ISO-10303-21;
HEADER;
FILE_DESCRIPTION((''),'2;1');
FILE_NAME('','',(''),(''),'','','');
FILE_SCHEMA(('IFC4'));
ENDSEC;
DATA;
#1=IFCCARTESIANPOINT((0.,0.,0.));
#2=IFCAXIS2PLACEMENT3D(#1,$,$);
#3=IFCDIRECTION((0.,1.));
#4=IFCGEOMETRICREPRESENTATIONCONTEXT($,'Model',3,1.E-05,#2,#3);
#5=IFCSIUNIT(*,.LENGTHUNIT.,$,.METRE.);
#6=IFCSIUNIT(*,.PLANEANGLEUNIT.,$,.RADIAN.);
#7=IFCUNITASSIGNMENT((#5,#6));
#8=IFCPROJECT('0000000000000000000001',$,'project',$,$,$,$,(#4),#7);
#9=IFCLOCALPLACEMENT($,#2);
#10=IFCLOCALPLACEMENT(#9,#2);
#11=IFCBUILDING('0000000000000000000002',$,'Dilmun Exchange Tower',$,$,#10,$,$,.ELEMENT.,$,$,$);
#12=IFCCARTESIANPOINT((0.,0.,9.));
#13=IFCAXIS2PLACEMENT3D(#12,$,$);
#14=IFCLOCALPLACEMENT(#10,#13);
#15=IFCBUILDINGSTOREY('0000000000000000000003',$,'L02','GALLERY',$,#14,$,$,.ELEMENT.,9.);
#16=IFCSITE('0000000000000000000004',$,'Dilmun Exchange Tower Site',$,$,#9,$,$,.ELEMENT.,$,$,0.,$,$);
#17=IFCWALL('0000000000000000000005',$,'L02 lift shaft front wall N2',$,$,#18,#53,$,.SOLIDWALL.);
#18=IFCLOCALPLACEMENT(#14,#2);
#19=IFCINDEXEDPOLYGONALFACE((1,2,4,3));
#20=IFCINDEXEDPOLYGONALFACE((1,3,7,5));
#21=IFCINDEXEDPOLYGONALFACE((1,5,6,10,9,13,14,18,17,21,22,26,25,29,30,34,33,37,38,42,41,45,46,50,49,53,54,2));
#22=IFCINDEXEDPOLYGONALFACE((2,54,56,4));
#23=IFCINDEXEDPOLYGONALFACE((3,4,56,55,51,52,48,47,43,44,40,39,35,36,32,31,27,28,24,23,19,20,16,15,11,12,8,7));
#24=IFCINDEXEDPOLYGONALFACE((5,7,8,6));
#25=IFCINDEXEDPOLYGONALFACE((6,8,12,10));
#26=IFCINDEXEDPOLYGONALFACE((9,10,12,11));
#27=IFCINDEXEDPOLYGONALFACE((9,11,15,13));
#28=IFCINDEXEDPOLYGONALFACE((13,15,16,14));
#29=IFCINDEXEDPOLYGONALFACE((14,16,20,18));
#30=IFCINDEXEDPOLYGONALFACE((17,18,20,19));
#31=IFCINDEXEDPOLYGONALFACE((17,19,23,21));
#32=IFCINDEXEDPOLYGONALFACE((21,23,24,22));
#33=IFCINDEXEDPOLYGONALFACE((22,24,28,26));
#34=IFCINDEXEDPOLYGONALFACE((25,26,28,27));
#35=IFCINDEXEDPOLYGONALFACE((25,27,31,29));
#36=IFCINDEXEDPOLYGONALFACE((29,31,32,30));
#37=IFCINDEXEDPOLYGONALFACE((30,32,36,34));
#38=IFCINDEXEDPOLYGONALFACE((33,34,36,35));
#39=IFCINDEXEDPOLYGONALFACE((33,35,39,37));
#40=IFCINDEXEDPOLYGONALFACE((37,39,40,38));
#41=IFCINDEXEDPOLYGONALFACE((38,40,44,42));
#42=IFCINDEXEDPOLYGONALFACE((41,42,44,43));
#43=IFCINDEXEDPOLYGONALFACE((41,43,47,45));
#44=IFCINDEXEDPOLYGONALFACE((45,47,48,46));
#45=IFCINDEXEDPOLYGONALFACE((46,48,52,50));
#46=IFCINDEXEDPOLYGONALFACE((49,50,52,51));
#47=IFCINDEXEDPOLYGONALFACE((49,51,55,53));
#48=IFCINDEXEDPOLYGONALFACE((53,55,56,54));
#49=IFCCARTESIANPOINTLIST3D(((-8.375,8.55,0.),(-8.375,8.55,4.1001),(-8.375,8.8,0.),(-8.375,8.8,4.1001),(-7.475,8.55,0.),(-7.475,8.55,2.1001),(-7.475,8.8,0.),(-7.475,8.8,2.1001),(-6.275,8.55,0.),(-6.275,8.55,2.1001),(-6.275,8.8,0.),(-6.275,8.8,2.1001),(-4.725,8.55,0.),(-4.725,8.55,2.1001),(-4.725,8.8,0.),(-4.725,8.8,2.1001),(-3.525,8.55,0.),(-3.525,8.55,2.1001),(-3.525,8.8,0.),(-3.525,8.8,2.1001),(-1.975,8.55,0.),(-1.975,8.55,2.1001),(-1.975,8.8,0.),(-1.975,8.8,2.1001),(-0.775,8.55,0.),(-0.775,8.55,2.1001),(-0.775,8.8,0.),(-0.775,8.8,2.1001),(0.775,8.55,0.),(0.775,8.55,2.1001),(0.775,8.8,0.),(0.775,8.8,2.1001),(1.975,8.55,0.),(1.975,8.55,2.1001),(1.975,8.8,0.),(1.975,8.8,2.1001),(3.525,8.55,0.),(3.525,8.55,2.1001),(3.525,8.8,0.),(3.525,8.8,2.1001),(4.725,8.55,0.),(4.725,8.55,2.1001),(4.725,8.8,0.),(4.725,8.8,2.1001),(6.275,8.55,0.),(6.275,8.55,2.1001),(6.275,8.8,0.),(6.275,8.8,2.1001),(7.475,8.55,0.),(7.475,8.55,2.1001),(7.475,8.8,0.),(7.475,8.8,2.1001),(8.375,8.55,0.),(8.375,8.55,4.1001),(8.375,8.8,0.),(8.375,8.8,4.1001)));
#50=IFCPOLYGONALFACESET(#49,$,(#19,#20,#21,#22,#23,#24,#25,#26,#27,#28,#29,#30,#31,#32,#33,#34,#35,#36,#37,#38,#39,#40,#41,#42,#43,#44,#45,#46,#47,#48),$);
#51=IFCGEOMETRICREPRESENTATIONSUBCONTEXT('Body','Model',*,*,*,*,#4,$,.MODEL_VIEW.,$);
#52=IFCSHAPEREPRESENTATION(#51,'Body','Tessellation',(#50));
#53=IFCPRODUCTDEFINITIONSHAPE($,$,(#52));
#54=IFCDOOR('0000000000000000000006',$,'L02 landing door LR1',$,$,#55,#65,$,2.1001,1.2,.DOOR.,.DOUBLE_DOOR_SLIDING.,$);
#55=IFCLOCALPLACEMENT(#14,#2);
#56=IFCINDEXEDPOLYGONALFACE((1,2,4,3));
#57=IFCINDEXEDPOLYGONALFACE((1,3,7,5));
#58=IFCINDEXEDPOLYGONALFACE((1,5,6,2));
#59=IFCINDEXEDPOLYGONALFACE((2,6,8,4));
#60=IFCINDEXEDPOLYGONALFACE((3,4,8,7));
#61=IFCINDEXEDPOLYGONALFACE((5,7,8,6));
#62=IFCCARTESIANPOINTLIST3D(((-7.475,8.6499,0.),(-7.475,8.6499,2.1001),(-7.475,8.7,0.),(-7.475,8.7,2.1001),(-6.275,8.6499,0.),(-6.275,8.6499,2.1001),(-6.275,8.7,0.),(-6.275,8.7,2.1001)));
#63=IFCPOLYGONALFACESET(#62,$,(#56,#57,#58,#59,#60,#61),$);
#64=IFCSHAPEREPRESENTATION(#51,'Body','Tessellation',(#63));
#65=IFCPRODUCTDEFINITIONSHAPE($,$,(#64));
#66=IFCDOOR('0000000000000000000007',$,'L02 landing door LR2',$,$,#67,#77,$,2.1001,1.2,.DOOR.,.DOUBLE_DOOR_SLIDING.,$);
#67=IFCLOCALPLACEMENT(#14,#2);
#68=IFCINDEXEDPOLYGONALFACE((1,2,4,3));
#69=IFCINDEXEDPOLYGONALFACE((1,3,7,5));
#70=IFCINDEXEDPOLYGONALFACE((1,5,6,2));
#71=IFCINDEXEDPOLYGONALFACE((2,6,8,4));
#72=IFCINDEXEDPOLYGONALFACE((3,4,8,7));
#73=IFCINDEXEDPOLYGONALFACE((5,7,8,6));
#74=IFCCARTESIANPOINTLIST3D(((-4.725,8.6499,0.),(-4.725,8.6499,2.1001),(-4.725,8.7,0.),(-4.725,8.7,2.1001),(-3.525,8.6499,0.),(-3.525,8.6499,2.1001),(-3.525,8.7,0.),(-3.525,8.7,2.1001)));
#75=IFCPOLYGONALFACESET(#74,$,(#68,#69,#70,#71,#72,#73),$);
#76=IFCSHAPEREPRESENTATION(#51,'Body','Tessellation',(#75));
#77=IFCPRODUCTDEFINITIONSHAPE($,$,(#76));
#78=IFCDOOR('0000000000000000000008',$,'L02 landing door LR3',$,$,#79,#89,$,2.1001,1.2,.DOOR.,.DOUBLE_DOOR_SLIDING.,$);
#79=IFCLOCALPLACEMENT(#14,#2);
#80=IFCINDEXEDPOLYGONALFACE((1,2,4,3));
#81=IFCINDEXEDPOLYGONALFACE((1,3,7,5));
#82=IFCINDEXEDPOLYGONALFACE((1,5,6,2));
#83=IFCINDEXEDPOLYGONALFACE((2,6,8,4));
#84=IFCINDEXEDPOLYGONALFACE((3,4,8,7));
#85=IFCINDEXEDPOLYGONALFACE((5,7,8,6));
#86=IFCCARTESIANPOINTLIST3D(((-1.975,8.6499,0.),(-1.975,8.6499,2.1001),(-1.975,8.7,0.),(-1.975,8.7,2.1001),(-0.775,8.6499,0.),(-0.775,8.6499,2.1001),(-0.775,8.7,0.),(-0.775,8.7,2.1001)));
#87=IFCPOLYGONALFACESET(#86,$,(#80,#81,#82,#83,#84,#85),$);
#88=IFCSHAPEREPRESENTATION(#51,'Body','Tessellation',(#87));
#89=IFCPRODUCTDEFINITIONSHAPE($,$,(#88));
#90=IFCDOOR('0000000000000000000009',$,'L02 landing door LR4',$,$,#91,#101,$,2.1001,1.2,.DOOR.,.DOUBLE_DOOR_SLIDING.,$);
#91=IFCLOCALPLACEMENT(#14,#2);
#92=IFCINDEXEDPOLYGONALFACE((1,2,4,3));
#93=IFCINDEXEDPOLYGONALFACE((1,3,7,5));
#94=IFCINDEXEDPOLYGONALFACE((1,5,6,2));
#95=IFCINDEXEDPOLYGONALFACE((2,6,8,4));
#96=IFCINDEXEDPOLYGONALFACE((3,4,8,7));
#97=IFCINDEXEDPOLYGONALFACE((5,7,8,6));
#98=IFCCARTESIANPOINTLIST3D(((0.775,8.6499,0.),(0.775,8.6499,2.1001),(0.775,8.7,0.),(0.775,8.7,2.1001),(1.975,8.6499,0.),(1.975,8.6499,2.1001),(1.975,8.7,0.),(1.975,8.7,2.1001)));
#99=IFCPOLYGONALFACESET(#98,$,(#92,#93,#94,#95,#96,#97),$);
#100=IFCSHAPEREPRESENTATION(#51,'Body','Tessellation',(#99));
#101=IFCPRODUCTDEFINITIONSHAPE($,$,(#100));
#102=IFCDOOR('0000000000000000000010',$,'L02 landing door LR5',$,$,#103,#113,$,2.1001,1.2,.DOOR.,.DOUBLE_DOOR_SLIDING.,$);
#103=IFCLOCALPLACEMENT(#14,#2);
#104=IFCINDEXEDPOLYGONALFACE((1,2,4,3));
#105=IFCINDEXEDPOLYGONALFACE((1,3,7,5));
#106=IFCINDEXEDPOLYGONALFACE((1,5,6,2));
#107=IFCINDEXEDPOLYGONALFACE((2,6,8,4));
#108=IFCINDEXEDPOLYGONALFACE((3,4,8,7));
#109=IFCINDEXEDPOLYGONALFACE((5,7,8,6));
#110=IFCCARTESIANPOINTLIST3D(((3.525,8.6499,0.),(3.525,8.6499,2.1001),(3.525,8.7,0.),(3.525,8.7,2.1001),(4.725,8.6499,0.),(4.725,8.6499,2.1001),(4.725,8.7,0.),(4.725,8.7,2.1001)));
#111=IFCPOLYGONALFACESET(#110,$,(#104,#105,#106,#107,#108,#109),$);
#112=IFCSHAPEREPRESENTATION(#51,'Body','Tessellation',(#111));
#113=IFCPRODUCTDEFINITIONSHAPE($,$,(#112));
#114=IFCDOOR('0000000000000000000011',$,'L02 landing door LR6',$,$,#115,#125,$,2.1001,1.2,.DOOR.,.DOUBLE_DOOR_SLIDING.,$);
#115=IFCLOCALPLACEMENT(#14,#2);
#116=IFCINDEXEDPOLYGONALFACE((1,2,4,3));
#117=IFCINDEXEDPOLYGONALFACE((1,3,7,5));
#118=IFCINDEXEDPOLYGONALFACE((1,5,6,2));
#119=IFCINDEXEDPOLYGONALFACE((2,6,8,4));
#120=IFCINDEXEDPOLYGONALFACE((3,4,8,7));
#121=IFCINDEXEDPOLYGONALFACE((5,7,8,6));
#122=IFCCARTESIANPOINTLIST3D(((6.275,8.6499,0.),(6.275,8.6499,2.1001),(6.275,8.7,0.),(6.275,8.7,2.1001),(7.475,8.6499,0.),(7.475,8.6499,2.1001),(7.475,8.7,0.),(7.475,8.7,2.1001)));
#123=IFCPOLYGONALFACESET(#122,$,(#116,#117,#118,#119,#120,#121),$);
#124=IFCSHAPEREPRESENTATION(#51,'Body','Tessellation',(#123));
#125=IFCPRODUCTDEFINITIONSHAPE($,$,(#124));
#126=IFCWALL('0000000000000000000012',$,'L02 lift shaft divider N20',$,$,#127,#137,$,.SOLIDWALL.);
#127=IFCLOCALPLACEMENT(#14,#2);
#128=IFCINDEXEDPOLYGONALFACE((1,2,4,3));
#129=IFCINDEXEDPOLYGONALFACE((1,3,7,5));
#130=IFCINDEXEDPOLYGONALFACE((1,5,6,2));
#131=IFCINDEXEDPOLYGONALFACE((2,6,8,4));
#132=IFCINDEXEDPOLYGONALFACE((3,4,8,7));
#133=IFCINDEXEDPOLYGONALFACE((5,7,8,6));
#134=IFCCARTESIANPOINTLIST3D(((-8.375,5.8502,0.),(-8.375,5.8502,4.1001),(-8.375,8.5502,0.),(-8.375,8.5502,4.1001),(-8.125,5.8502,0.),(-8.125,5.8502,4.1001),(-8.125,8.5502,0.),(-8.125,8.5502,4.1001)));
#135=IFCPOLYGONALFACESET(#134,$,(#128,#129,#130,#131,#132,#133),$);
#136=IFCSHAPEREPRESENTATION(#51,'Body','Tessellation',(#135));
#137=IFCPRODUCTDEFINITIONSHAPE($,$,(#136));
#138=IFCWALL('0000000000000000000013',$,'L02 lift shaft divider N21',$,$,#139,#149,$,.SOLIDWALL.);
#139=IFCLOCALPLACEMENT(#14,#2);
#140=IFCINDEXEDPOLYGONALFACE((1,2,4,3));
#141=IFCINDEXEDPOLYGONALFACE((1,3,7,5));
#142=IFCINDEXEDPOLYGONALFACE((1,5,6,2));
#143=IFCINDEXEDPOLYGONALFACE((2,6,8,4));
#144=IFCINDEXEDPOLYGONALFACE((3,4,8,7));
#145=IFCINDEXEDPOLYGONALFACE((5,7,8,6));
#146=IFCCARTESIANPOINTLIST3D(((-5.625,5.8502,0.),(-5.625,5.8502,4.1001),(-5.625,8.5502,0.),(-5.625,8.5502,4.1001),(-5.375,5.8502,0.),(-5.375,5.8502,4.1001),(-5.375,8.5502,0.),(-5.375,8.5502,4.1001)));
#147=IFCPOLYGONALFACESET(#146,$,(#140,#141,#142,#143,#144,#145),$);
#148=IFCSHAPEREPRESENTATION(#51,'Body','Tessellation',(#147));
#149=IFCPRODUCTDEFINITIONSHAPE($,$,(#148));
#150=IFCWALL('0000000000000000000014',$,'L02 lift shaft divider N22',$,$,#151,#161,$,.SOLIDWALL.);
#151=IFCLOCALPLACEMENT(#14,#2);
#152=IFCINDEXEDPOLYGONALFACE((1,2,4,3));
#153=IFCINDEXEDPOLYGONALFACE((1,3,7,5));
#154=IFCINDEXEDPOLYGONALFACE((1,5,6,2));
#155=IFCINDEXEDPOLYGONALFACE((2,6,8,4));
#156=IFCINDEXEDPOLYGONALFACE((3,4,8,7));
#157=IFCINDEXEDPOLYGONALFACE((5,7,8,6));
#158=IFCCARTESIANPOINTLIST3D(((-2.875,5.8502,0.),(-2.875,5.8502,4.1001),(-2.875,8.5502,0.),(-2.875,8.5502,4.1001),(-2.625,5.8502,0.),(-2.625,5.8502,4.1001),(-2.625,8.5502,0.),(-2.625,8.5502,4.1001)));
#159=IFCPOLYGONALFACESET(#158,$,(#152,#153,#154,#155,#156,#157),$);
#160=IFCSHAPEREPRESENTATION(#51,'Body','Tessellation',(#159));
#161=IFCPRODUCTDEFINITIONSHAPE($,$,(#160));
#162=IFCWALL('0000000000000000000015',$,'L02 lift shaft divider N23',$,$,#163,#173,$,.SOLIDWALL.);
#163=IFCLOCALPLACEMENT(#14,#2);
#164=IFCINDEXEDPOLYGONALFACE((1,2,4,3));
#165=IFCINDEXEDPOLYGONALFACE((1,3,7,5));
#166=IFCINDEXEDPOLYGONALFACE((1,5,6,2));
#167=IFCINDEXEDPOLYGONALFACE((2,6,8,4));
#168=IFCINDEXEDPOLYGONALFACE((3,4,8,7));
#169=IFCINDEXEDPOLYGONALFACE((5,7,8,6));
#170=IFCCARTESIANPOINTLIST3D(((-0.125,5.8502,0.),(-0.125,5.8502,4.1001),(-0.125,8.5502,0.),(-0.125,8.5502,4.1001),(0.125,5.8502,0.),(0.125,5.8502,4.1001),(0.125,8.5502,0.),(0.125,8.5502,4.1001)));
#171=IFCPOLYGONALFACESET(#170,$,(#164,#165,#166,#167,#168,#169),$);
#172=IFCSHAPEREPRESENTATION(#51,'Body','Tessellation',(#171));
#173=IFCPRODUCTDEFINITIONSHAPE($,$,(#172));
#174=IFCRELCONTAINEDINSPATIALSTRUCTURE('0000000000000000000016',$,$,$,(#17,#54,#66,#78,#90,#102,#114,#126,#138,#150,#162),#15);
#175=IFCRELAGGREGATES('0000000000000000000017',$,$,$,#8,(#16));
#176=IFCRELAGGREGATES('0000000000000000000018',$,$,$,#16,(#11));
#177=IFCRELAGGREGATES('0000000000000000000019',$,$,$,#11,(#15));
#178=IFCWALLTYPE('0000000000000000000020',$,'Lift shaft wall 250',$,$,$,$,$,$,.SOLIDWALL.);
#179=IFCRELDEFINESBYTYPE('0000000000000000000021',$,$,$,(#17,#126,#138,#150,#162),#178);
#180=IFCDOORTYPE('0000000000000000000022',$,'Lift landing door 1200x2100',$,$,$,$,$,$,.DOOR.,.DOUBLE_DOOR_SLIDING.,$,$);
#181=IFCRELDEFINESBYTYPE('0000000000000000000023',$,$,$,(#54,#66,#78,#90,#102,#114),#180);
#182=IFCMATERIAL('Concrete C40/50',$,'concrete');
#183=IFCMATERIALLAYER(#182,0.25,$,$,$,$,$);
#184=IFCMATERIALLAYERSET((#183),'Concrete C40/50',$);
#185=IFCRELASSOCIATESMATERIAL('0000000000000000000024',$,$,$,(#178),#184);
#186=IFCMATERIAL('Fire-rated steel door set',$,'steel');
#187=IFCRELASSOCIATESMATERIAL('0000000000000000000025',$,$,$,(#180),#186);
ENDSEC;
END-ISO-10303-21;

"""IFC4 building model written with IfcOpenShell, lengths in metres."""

from ifc_helpers import new_model, si_unit, direction, frame, frame_2d, origin, place, context, subcontext, project, spatial, rectangle, extrude, material, layer, layer_set, type_object, element, fill, save


model = new_model("IFC4")

# Units and contexts
model_context = context("Model", 3, precision=1e-05, world=origin(), true_north=direction((0.0, 1.0)))
body_context = subcontext(model_context, "Body", "Model", "MODEL_VIEW")
ifc_project = project(units=[si_unit("LENGTHUNIT", "METRE"), si_unit("PLANEANGLEUNIT", "RADIAN")], contexts=[model_context])

# Site, building, storey
site_placement = place(None, origin())
site = spatial("IfcSite", under=ifc_project, at=site_placement, Name="Dilmun Exchange Tower Site", CompositionType="ELEMENT", RefElevation=0.0)
building_placement = place(site_placement, origin())
building = spatial("IfcBuilding", under=site, at=building_placement, Name="Dilmun Exchange Tower", CompositionType="ELEMENT")
storey_placement = place(building_placement, frame((0.0, 0.0, 9.0)))
storey = spatial("IfcBuildingStorey", under=building, at=storey_placement, Name="L02", Description="GALLERY", CompositionType="ELEMENT", Elevation=9.0)

# Shared definitions
ifc_material_1 = material(Name="Concrete C40/50", Category="concrete")
ifc_material_2 = material(Name="Fire-rated steel door set", Category="steel")

# Wall, openings, doors
ifc_layer_1 = layer(ifc_material_1, 0.25)
ifc_layer_set_1 = layer_set([ifc_layer_1], Name="Concrete C40/50")
wall_type_1 = type_object("IfcWallType", Name="Lift shaft wall 250", PredefinedType="SOLIDWALL", material=ifc_layer_set_1)
wall_1_placement = place(storey_placement, frame((-8.375, 8.675, 0.0), z_axis=(0.0, 0.0, 1.0), x_axis=(1.0, 0.0, 0.0)))
wall_1 = element("IfcWall", 1, at=wall_1_placement, inside=storey, type_object=wall_type_1, Name="L02 lift shaft front wall N2", PredefinedType="SOLIDWALL", context=body_context, shape_type="SweptSolid", body=[
    extrude(rectangle(XDim=16.75, YDim=0.25, at=frame_2d((8.375, 0.0))), origin(), (0.0, 0.0, 1.0), 4.1001),
])
opening_1_placement = place(wall_1_placement, frame((0.8999, 0.0, 0.0)))
opening_1 = element("IfcOpeningElement", 2, at=opening_1_placement, cuts=wall_1, PredefinedType="OPENING", context=body_context, shape_type="SweptSolid", body=[
    extrude(rectangle(XDim=1.2, YDim=2.1001, at=frame_2d((0.6001, 1.05))), frame((0.0, 0.135, 0.0), z_axis=(0.0, -1.0, 0.0), x_axis=(1.0, 0.0, 0.0)), (0.0, 0.0, 1.0), 0.27),
])
opening_2_placement = place(wall_1_placement, frame((3.6499, 0.0, 0.0)))
opening_2 = element("IfcOpeningElement", 3, at=opening_2_placement, cuts=wall_1, PredefinedType="OPENING", context=body_context, shape_type="SweptSolid", body=[
    extrude(rectangle(XDim=1.2, YDim=2.1001, at=frame_2d((0.6001, 1.05))), frame((0.0, 0.135, 0.0), z_axis=(0.0, -1.0, 0.0), x_axis=(1.0, 0.0, 0.0)), (0.0, 0.0, 1.0), 0.27),
])
opening_3_placement = place(wall_1_placement, frame((6.3999, 0.0, 0.0)))
opening_3 = element("IfcOpeningElement", 4, at=opening_3_placement, cuts=wall_1, PredefinedType="OPENING", context=body_context, shape_type="SweptSolid", body=[
    extrude(rectangle(XDim=1.2, YDim=2.1001, at=frame_2d((0.6001, 1.05))), frame((0.0, 0.135, 0.0), z_axis=(0.0, -1.0, 0.0), x_axis=(1.0, 0.0, 0.0)), (0.0, 0.0, 1.0), 0.27),
])
opening_4_placement = place(wall_1_placement, frame((9.1499, 0.0, 0.0)))
opening_4 = element("IfcOpeningElement", 5, at=opening_4_placement, cuts=wall_1, PredefinedType="OPENING", context=body_context, shape_type="SweptSolid", body=[
    extrude(rectangle(XDim=1.2, YDim=2.1001, at=frame_2d((0.6001, 1.05))), frame((0.0, 0.135, 0.0), z_axis=(0.0, -1.0, 0.0), x_axis=(1.0, 0.0, 0.0)), (0.0, 0.0, 1.0), 0.27),
])
opening_5_placement = place(wall_1_placement, frame((11.8999, 0.0, 0.0)))
opening_5 = element("IfcOpeningElement", 6, at=opening_5_placement, cuts=wall_1, PredefinedType="OPENING", context=body_context, shape_type="SweptSolid", body=[
    extrude(rectangle(XDim=1.2, YDim=2.1001, at=frame_2d((0.6001, 1.05))), frame((0.0, 0.135, 0.0), z_axis=(0.0, -1.0, 0.0), x_axis=(1.0, 0.0, 0.0)), (0.0, 0.0, 1.0), 0.27),
])
opening_6_placement = place(wall_1_placement, frame((14.6499, 0.0, 0.0)))
opening_6 = element("IfcOpeningElement", 7, at=opening_6_placement, cuts=wall_1, PredefinedType="OPENING", context=body_context, shape_type="SweptSolid", body=[
    extrude(rectangle(XDim=1.2, YDim=2.1001, at=frame_2d((0.6001, 1.05))), frame((0.0, 0.135, 0.0), z_axis=(0.0, -1.0, 0.0), x_axis=(1.0, 0.0, 0.0)), (0.0, 0.0, 1.0), 0.27),
])
door_type_1 = type_object("IfcDoorType", Name="Lift landing door 1200x2100", OperationType="DOUBLE_DOOR_SLIDING", PredefinedType="DOOR", material=ifc_material_2)
door_1_placement = place(opening_1_placement, origin())
door_1 = element("IfcDoor", 8, at=door_1_placement, inside=storey, type_object=door_type_1, Name="L02 landing door LR1", OperationType="DOUBLE_DOOR_SLIDING", OverallHeight=2.1001, OverallWidth=1.2, PredefinedType="DOOR", context=body_context, shape_type="SweptSolid", body=[
    extrude(rectangle(XDim=1.2, YDim=2.1001, at=frame_2d((0.6001, 1.05))), frame((0.0, 0.0249, 0.0), z_axis=(0.0, -1.0, 0.0), x_axis=(1.0, 0.0, 0.0)), (0.0, 0.0, 1.0), 0.05),
])
fill(opening_1, door_1)
door_2_placement = place(opening_2_placement, origin())
door_2 = element("IfcDoor", 9, at=door_2_placement, inside=storey, type_object=door_type_1, Name="L02 landing door LR2", OperationType="DOUBLE_DOOR_SLIDING", OverallHeight=2.1001, OverallWidth=1.2, PredefinedType="DOOR", context=body_context, shape_type="SweptSolid", body=[
    extrude(rectangle(XDim=1.2, YDim=2.1001, at=frame_2d((0.6001, 1.05))), frame((0.0, 0.0249, 0.0), z_axis=(0.0, -1.0, 0.0), x_axis=(1.0, 0.0, 0.0)), (0.0, 0.0, 1.0), 0.05),
])
fill(opening_2, door_2)
door_3_placement = place(opening_3_placement, origin())
door_3 = element("IfcDoor", 10, at=door_3_placement, inside=storey, type_object=door_type_1, Name="L02 landing door LR3", OperationType="DOUBLE_DOOR_SLIDING", OverallHeight=2.1001, OverallWidth=1.2, PredefinedType="DOOR", context=body_context, shape_type="SweptSolid", body=[
    extrude(rectangle(XDim=1.2, YDim=2.1001, at=frame_2d((0.6001, 1.05))), frame((0.0, 0.0249, 0.0), z_axis=(0.0, -1.0, 0.0), x_axis=(1.0, 0.0, 0.0)), (0.0, 0.0, 1.0), 0.05),
])
fill(opening_3, door_3)
door_4_placement = place(opening_4_placement, origin())
door_4 = element("IfcDoor", 11, at=door_4_placement, inside=storey, type_object=door_type_1, Name="L02 landing door LR4", OperationType="DOUBLE_DOOR_SLIDING", OverallHeight=2.1001, OverallWidth=1.2, PredefinedType="DOOR", context=body_context, shape_type="SweptSolid", body=[
    extrude(rectangle(XDim=1.2, YDim=2.1001, at=frame_2d((0.6001, 1.05))), frame((0.0, 0.0249, 0.0), z_axis=(0.0, -1.0, 0.0), x_axis=(1.0, 0.0, 0.0)), (0.0, 0.0, 1.0), 0.05),
])
fill(opening_4, door_4)
door_5_placement = place(opening_5_placement, origin())
door_5 = element("IfcDoor", 12, at=door_5_placement, inside=storey, type_object=door_type_1, Name="L02 landing door LR5", OperationType="DOUBLE_DOOR_SLIDING", OverallHeight=2.1001, OverallWidth=1.2, PredefinedType="DOOR", context=body_context, shape_type="SweptSolid", body=[
    extrude(rectangle(XDim=1.2, YDim=2.1001, at=frame_2d((0.6001, 1.05))), frame((0.0, 0.0249, 0.0), z_axis=(0.0, -1.0, 0.0), x_axis=(1.0, 0.0, 0.0)), (0.0, 0.0, 1.0), 0.05),
])
fill(opening_5, door_5)
door_6_placement = place(opening_6_placement, origin())
door_6 = element("IfcDoor", 13, at=door_6_placement, inside=storey, type_object=door_type_1, Name="L02 landing door LR6", OperationType="DOUBLE_DOOR_SLIDING", OverallHeight=2.1001, OverallWidth=1.2, PredefinedType="DOOR", context=body_context, shape_type="SweptSolid", body=[
    extrude(rectangle(XDim=1.2, YDim=2.1001, at=frame_2d((0.6001, 1.05))), frame((0.0, 0.0249, 0.0), z_axis=(0.0, -1.0, 0.0), x_axis=(1.0, 0.0, 0.0)), (0.0, 0.0, 1.0), 0.05),
])
fill(opening_6, door_6)

# Walls
for number, where, z_axis, x_axis, name in (
    (14, (-8.25, 5.8501, 0.0), (0.0, 0.0, 1.0), (0.0, 1.0, 0.0), "L02 lift shaft divider N20"),
    (15, (-5.5, 5.8501, 0.0), (0.0, 0.0, 1.0), (0.0, 1.0, 0.0), "L02 lift shaft divider N21"),
    (16, (-2.75, 5.8501, 0.0), (0.0, 0.0, 1.0), (0.0, 1.0, 0.0), "L02 lift shaft divider N22"),
    (17, (0.0, 5.8501, 0.0), (0.0, 0.0, 1.0), (0.0, 1.0, 0.0), "L02 lift shaft divider N23"),
):
    element("IfcWall", number, at=place(storey_placement, frame(where, z_axis=z_axis, x_axis=x_axis)), inside=storey, type_object=wall_type_1, Name=name, PredefinedType="SOLIDWALL", context=body_context, shape_type="SweptSolid", body=[
        extrude(rectangle(XDim=2.7, YDim=0.25, at=frame_2d((1.3501, 0.0))), origin(), (0.0, 0.0, 1.0), 4.1001),
    ])

save(model, "model.ifc")
